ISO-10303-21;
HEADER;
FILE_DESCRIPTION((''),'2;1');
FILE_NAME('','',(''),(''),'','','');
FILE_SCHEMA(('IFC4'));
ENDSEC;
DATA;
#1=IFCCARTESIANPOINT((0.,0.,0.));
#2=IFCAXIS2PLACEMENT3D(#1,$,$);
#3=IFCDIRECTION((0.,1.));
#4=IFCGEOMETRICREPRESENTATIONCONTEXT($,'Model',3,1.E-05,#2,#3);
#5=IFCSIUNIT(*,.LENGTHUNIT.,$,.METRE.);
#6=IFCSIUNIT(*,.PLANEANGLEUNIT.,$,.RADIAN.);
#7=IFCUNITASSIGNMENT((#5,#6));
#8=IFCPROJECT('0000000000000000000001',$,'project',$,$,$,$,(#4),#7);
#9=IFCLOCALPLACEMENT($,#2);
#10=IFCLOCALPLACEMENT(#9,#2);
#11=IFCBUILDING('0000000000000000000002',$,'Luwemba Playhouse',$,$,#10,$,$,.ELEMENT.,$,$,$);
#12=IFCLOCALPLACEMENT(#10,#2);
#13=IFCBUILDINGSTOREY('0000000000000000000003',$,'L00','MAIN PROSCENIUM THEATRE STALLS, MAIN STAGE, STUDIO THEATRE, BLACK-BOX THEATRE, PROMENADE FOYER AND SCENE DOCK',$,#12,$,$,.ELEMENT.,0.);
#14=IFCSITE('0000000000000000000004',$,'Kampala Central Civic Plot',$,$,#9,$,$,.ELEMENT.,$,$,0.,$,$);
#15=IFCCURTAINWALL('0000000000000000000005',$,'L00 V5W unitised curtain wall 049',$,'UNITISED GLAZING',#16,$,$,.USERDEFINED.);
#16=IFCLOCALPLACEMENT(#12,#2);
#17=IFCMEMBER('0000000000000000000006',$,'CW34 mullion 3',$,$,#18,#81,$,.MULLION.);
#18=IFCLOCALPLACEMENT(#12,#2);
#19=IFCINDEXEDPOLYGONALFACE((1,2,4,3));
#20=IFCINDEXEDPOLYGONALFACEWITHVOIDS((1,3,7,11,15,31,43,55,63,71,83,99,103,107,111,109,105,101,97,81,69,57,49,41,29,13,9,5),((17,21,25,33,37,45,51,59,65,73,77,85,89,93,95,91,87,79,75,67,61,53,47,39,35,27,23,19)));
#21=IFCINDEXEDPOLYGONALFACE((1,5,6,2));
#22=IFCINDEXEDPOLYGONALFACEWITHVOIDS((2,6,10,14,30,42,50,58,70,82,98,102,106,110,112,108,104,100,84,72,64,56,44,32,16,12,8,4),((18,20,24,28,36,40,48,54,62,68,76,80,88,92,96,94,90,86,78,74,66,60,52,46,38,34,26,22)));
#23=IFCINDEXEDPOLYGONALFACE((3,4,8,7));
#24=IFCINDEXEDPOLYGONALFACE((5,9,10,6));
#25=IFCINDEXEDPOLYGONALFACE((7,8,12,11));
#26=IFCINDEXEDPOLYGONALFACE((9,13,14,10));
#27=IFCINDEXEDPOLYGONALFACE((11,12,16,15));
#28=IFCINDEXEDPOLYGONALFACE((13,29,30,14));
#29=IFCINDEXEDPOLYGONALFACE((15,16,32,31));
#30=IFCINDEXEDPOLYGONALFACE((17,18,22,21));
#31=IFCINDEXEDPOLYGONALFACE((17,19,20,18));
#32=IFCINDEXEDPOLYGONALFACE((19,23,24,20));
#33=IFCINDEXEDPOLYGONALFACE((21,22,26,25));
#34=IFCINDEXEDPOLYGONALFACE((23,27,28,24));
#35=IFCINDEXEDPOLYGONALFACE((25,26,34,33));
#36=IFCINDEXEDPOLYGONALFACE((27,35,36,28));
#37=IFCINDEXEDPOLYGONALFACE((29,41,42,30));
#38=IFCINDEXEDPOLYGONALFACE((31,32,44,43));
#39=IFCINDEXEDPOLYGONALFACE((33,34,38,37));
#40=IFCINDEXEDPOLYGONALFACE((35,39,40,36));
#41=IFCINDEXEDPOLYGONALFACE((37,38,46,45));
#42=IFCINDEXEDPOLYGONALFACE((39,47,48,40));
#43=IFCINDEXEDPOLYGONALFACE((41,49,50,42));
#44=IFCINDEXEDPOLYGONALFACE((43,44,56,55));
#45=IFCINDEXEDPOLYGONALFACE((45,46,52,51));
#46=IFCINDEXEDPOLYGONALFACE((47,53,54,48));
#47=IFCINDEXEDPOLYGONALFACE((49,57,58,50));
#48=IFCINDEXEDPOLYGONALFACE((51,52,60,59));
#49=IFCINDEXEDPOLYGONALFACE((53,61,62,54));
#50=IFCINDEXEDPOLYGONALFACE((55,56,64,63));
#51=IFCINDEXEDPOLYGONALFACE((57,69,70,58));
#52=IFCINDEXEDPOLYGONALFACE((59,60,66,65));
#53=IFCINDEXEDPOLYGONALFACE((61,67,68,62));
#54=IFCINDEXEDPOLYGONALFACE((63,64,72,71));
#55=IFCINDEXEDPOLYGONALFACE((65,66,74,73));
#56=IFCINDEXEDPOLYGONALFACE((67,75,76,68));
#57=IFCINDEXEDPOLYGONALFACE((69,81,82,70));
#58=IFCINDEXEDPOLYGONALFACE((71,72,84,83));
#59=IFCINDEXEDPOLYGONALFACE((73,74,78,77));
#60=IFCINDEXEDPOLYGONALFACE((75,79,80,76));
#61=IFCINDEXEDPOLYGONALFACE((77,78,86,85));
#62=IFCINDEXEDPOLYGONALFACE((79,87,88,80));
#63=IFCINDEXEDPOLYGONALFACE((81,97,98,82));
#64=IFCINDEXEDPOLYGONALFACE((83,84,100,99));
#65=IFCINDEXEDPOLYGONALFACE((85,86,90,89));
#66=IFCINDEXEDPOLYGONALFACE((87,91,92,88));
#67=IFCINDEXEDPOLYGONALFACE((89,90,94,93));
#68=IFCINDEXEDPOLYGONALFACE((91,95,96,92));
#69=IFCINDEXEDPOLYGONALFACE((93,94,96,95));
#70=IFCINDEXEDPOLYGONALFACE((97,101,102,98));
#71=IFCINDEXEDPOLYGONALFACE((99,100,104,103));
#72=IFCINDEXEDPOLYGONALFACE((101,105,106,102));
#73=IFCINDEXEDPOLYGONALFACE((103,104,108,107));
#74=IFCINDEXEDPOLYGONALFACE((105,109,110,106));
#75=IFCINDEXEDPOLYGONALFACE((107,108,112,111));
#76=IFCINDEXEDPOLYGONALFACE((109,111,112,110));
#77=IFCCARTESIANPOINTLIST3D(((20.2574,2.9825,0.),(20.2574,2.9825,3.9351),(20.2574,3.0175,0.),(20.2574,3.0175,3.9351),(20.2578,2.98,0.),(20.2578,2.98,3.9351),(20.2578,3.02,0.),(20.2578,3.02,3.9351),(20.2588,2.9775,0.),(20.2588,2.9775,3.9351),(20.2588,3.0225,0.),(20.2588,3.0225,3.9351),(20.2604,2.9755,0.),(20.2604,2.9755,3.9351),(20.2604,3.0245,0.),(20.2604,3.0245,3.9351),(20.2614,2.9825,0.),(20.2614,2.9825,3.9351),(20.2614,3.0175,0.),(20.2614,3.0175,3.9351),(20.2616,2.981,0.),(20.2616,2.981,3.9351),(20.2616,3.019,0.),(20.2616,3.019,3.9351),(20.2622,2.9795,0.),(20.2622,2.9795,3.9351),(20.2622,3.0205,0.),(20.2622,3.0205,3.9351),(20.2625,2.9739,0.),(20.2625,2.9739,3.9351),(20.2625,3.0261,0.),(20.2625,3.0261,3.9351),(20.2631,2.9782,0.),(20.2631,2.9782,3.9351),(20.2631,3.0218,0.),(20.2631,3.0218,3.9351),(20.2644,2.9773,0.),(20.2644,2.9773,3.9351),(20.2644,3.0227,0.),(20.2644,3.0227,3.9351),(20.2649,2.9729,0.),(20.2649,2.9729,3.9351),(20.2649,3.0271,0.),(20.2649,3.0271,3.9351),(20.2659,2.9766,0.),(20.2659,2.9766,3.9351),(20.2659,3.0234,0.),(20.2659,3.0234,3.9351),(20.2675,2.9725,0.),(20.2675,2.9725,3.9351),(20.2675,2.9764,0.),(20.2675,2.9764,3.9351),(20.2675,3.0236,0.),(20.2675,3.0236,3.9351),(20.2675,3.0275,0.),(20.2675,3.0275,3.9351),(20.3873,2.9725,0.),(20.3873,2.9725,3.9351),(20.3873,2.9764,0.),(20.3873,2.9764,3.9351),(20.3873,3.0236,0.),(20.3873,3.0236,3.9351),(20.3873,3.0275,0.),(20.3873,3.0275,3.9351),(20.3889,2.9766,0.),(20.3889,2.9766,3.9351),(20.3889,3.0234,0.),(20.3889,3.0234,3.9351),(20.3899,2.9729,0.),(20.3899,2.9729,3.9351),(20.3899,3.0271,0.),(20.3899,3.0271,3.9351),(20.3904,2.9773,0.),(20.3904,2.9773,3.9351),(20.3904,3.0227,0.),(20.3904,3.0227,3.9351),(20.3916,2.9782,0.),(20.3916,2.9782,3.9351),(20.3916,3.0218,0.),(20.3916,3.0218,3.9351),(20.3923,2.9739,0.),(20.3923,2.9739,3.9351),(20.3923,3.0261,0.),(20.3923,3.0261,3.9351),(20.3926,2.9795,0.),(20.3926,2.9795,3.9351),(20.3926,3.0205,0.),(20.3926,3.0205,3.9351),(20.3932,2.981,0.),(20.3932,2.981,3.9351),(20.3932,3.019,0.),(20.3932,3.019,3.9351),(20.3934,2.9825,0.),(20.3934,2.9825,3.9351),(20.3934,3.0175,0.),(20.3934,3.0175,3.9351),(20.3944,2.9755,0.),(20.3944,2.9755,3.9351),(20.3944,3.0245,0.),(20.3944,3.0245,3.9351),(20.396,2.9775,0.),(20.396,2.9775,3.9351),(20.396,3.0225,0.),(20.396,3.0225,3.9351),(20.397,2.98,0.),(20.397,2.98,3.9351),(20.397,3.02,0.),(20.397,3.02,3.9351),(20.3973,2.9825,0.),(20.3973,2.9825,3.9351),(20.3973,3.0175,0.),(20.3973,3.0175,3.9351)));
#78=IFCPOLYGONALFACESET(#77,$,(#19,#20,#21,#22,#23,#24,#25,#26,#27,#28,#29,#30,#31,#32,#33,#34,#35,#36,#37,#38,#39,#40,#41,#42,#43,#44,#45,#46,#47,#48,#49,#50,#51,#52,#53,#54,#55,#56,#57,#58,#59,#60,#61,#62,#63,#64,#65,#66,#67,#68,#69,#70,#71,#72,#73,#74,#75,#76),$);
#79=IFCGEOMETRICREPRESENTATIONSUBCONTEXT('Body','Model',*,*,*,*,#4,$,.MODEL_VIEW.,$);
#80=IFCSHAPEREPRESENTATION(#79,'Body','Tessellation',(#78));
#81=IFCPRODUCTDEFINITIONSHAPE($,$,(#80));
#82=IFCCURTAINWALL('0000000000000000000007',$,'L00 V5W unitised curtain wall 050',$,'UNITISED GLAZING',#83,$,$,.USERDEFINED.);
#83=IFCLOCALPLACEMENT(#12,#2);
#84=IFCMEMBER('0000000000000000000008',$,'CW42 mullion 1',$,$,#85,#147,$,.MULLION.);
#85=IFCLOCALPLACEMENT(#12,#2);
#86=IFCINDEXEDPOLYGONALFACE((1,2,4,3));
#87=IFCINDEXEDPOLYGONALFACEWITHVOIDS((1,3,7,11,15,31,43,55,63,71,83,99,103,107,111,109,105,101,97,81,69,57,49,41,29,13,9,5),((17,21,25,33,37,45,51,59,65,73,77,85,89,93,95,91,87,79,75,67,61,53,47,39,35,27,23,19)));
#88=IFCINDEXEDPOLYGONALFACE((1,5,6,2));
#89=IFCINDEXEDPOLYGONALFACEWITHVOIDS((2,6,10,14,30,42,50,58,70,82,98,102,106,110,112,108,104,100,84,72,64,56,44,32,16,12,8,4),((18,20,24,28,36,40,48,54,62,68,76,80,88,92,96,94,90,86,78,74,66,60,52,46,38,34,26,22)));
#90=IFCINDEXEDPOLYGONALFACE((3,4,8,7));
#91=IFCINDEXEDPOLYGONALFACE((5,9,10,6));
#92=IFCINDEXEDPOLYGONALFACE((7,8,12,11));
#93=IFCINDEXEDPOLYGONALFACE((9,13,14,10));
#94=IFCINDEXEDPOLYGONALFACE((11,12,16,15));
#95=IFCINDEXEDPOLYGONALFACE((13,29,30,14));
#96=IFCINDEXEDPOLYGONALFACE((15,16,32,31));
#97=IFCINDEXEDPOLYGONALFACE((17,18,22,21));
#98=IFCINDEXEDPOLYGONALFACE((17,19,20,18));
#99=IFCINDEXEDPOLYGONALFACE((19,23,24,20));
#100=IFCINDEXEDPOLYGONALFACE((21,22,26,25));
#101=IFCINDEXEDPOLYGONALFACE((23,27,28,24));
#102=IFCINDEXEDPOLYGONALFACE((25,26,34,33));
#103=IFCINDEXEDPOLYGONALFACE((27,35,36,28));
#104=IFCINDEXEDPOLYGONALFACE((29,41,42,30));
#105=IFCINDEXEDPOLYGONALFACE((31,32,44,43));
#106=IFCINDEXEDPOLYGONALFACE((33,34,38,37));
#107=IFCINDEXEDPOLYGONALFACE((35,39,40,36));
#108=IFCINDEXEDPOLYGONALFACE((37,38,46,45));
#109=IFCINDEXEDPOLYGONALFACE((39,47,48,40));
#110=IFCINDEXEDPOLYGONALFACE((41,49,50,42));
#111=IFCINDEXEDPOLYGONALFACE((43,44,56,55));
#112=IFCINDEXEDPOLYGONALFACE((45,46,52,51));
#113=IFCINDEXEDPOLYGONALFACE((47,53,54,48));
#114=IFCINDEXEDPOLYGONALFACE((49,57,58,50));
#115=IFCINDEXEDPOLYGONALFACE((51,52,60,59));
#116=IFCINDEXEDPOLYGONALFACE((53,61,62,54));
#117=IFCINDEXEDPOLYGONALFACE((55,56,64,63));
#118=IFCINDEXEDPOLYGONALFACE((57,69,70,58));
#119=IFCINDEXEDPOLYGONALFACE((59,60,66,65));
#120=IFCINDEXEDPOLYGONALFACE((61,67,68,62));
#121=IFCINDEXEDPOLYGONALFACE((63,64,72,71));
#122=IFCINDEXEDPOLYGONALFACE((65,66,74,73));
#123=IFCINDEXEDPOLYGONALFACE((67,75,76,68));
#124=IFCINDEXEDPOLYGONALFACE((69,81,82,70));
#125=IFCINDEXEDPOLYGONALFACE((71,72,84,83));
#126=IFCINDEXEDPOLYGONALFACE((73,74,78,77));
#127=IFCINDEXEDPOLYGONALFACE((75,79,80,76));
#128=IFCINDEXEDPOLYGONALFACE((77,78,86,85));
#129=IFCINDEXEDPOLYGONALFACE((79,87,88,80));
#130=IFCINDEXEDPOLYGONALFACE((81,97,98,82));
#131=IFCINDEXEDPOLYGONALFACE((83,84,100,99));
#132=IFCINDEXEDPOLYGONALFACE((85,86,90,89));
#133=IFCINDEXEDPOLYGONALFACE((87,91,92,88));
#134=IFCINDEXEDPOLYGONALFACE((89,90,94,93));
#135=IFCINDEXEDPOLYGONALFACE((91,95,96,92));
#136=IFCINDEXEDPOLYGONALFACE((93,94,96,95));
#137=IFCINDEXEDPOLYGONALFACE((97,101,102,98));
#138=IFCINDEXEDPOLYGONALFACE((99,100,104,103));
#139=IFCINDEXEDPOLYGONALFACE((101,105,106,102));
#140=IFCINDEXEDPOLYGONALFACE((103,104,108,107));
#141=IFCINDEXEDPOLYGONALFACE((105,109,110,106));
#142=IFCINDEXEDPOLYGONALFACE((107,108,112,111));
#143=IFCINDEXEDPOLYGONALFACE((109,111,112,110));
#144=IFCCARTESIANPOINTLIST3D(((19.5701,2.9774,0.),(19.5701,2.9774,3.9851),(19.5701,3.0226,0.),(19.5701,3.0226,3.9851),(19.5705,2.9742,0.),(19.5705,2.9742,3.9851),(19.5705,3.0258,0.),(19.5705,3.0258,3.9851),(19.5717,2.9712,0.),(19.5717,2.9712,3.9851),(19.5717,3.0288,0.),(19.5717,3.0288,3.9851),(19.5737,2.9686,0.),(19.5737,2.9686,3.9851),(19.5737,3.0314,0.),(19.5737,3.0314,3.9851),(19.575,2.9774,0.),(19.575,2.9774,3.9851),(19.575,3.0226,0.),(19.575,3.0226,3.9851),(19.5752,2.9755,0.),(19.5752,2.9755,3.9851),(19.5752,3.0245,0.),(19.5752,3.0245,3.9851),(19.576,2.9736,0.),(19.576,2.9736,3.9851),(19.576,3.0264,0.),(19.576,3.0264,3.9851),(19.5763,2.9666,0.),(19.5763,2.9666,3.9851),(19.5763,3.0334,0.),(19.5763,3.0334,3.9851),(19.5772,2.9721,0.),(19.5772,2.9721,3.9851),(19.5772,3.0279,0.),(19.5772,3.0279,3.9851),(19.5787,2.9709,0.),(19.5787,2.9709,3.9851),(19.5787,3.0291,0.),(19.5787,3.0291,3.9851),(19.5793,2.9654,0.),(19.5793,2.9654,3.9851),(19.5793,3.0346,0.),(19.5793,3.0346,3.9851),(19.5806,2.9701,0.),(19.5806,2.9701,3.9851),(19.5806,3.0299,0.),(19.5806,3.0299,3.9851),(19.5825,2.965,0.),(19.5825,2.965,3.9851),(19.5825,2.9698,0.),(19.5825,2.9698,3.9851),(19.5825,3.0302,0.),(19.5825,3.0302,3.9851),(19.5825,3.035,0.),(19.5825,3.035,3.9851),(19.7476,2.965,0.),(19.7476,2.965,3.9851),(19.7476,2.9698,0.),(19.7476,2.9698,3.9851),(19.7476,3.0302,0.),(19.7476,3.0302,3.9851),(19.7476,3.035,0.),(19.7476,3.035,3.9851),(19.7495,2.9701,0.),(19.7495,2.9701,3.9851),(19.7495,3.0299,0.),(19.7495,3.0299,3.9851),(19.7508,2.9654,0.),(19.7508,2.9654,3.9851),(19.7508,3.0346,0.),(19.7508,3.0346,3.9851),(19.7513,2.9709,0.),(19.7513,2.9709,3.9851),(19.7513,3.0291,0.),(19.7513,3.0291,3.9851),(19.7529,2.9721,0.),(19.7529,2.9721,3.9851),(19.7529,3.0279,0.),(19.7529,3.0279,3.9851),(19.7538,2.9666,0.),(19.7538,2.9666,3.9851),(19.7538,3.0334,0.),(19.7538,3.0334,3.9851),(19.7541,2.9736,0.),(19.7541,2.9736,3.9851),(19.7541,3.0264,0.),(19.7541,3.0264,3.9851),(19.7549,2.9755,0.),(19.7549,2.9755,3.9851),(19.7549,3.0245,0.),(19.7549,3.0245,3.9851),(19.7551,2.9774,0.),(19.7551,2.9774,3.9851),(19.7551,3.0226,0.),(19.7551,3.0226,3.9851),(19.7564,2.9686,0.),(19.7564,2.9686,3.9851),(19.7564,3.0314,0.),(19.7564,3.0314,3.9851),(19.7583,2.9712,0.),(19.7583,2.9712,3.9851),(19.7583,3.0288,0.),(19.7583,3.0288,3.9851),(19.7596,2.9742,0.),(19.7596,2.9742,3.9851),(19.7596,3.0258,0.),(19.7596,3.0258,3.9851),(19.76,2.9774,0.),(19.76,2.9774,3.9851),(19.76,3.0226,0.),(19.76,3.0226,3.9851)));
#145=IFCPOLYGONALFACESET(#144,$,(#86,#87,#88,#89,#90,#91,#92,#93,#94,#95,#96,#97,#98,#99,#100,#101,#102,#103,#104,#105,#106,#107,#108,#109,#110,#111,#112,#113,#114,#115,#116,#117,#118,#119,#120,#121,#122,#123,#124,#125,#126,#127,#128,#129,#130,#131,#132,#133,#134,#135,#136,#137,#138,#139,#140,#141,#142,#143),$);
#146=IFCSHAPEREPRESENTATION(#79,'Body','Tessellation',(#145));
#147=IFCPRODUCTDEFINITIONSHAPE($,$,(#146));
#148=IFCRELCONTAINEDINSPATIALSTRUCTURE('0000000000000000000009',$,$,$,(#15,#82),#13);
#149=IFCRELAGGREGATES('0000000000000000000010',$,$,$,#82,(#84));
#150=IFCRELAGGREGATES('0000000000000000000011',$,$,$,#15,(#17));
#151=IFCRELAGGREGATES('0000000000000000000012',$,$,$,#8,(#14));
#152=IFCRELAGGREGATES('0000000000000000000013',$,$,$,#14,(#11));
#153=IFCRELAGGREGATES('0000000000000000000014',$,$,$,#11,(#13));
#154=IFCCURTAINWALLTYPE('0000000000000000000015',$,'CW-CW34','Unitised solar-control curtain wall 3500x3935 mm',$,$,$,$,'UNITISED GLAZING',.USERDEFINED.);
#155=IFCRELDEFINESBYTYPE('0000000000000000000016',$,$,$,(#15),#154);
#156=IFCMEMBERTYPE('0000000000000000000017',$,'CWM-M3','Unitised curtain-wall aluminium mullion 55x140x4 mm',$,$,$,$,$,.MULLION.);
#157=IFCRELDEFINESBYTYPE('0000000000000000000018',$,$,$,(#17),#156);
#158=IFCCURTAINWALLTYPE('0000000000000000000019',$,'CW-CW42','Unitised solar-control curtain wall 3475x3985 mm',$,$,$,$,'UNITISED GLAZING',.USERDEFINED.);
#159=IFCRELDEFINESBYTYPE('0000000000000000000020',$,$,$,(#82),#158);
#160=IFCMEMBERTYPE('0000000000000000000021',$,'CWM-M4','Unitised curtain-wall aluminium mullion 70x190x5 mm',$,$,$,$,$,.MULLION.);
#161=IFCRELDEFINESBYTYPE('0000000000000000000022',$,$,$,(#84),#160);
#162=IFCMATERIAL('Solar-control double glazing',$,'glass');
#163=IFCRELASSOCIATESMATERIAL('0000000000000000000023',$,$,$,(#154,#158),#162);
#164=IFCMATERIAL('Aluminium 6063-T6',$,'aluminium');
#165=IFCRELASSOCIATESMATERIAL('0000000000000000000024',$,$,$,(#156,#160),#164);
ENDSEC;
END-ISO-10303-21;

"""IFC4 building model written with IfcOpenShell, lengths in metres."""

from ifc_helpers import new_model, si_unit, direction, frame, origin, origin_2d, place, context, subcontext, project, spatial, hollow_rectangle, extrude, material, material_profile, profile_set, type_object, element, aggregate, save


model = new_model("IFC4")

# Units and contexts
model_context = context("Model", 3, precision=1e-05, world=origin(), true_north=direction((0.0, 1.0)))
body_context = subcontext(model_context, "Body", "Model", "MODEL_VIEW")
ifc_project = project(units=[si_unit("LENGTHUNIT", "METRE"), si_unit("PLANEANGLEUNIT", "RADIAN")], contexts=[model_context])

# Site, building, storey
site_placement = place(None, origin())
site = spatial("IfcSite", under=ifc_project, at=site_placement, Name="Kampala Central Civic Plot", CompositionType="ELEMENT", RefElevation=0.0)
building_placement = place(site_placement, origin())
building = spatial("IfcBuilding", under=site, at=building_placement, Name="Luwemba Playhouse", CompositionType="ELEMENT")
storey_placement = place(building_placement, origin())
storey = spatial("IfcBuildingStorey", under=building, at=storey_placement, Name="L00", Description="MAIN PROSCENIUM THEATRE STALLS, MAIN STAGE, STUDIO THEATRE, BLACK-BOX THEATRE, PROMENADE FOYER AND SCENE DOCK", CompositionType="ELEMENT", Elevation=0.0)

# Shared definitions
ifc_material_1 = material(Name="Solar-control double glazing", Category="glass")
ifc_material_2 = material(Name="Aluminium 6063-T6", Category="aluminium")

# Curtain wall, member
curtain_wall_type_1 = type_object("IfcCurtainWallType", Name="CW-CW34", Description="Unitised solar-control curtain wall 3500x3935 mm", ElementType="UNITISED GLAZING", PredefinedType="USERDEFINED", material=ifc_material_1)
curtain_wall_1_placement = place(storey_placement, origin())
curtain_wall_1 = element("IfcCurtainWall", 1, at=curtain_wall_1_placement, inside=storey, type_object=curtain_wall_type_1, Name="L00 V5W unitised curtain wall 049", ObjectType="UNITISED GLAZING", PredefinedType="USERDEFINED")
ifc_material_profile_1 = material_profile(ifc_material_2, hollow_rectangle(XDim=0.0549, YDim=0.1399, WallThickness=0.0039, InnerFilletRadius=0.0061, OuterFilletRadius=0.01, at=origin_2d()))
ifc_profile_set_1 = profile_set([ifc_material_profile_1], Name="Aluminium 6063-T6")
member_type_1 = type_object("IfcMemberType", Name="CWM-M3", Description="Unitised curtain-wall aluminium mullion 55x140x4 mm", PredefinedType="MULLION", material=ifc_profile_set_1)
member_1_placement = place(storey_placement, frame((20.3274, 3.0, 0.0), z_axis=(0.0, 0.0, 1.0), x_axis=(0.0, -1.0, 0.0)))
member_1 = element("IfcMember", 2, at=member_1_placement, type_object=member_type_1, Name="CW34 mullion 3", PredefinedType="MULLION", context=body_context, shape_type="SweptSolid", body=[
    extrude(hollow_rectangle(XDim=0.0549, YDim=0.1399, WallThickness=0.0039, InnerFilletRadius=0.0061, OuterFilletRadius=0.01, at=origin_2d()), origin(), (0.0, 0.0, 1.0), 3.9351),
])

# Curtain wall, member
curtain_wall_type_2 = type_object("IfcCurtainWallType", Name="CW-CW42", Description="Unitised solar-control curtain wall 3475x3985 mm", ElementType="UNITISED GLAZING", PredefinedType="USERDEFINED", material=ifc_material_1)
curtain_wall_2_placement = place(storey_placement, origin())
curtain_wall_2 = element("IfcCurtainWall", 3, at=curtain_wall_2_placement, inside=storey, type_object=curtain_wall_type_2, Name="L00 V5W unitised curtain wall 050", ObjectType="UNITISED GLAZING", PredefinedType="USERDEFINED")
ifc_material_profile_2 = material_profile(ifc_material_2, hollow_rectangle(XDim=0.0701, YDim=0.1899, WallThickness=0.0049, InnerFilletRadius=0.0076, OuterFilletRadius=0.0125, at=origin_2d()))
ifc_profile_set_2 = profile_set([ifc_material_profile_2], Name="Aluminium 6063-T6")
member_type_2 = type_object("IfcMemberType", Name="CWM-M4", Description="Unitised curtain-wall aluminium mullion 70x190x5 mm", PredefinedType="MULLION", material=ifc_profile_set_2)
member_2_placement = place(storey_placement, frame((19.665, 3.0, 0.0), z_axis=(0.0, 0.0, 1.0), x_axis=(0.0, -1.0, 0.0)))
member_2 = element("IfcMember", 4, at=member_2_placement, type_object=member_type_2, Name="CW42 mullion 1", PredefinedType="MULLION", context=body_context, shape_type="SweptSolid", body=[
    extrude(hollow_rectangle(XDim=0.0701, YDim=0.1899, WallThickness=0.0049, InnerFilletRadius=0.0076, OuterFilletRadius=0.0125, at=origin_2d()), origin(), (0.0, 0.0, 1.0), 3.9851),
])

aggregate(curtain_wall_2, [member_2])

aggregate(curtain_wall_1, [member_1])

save(model, "model.ifc")
